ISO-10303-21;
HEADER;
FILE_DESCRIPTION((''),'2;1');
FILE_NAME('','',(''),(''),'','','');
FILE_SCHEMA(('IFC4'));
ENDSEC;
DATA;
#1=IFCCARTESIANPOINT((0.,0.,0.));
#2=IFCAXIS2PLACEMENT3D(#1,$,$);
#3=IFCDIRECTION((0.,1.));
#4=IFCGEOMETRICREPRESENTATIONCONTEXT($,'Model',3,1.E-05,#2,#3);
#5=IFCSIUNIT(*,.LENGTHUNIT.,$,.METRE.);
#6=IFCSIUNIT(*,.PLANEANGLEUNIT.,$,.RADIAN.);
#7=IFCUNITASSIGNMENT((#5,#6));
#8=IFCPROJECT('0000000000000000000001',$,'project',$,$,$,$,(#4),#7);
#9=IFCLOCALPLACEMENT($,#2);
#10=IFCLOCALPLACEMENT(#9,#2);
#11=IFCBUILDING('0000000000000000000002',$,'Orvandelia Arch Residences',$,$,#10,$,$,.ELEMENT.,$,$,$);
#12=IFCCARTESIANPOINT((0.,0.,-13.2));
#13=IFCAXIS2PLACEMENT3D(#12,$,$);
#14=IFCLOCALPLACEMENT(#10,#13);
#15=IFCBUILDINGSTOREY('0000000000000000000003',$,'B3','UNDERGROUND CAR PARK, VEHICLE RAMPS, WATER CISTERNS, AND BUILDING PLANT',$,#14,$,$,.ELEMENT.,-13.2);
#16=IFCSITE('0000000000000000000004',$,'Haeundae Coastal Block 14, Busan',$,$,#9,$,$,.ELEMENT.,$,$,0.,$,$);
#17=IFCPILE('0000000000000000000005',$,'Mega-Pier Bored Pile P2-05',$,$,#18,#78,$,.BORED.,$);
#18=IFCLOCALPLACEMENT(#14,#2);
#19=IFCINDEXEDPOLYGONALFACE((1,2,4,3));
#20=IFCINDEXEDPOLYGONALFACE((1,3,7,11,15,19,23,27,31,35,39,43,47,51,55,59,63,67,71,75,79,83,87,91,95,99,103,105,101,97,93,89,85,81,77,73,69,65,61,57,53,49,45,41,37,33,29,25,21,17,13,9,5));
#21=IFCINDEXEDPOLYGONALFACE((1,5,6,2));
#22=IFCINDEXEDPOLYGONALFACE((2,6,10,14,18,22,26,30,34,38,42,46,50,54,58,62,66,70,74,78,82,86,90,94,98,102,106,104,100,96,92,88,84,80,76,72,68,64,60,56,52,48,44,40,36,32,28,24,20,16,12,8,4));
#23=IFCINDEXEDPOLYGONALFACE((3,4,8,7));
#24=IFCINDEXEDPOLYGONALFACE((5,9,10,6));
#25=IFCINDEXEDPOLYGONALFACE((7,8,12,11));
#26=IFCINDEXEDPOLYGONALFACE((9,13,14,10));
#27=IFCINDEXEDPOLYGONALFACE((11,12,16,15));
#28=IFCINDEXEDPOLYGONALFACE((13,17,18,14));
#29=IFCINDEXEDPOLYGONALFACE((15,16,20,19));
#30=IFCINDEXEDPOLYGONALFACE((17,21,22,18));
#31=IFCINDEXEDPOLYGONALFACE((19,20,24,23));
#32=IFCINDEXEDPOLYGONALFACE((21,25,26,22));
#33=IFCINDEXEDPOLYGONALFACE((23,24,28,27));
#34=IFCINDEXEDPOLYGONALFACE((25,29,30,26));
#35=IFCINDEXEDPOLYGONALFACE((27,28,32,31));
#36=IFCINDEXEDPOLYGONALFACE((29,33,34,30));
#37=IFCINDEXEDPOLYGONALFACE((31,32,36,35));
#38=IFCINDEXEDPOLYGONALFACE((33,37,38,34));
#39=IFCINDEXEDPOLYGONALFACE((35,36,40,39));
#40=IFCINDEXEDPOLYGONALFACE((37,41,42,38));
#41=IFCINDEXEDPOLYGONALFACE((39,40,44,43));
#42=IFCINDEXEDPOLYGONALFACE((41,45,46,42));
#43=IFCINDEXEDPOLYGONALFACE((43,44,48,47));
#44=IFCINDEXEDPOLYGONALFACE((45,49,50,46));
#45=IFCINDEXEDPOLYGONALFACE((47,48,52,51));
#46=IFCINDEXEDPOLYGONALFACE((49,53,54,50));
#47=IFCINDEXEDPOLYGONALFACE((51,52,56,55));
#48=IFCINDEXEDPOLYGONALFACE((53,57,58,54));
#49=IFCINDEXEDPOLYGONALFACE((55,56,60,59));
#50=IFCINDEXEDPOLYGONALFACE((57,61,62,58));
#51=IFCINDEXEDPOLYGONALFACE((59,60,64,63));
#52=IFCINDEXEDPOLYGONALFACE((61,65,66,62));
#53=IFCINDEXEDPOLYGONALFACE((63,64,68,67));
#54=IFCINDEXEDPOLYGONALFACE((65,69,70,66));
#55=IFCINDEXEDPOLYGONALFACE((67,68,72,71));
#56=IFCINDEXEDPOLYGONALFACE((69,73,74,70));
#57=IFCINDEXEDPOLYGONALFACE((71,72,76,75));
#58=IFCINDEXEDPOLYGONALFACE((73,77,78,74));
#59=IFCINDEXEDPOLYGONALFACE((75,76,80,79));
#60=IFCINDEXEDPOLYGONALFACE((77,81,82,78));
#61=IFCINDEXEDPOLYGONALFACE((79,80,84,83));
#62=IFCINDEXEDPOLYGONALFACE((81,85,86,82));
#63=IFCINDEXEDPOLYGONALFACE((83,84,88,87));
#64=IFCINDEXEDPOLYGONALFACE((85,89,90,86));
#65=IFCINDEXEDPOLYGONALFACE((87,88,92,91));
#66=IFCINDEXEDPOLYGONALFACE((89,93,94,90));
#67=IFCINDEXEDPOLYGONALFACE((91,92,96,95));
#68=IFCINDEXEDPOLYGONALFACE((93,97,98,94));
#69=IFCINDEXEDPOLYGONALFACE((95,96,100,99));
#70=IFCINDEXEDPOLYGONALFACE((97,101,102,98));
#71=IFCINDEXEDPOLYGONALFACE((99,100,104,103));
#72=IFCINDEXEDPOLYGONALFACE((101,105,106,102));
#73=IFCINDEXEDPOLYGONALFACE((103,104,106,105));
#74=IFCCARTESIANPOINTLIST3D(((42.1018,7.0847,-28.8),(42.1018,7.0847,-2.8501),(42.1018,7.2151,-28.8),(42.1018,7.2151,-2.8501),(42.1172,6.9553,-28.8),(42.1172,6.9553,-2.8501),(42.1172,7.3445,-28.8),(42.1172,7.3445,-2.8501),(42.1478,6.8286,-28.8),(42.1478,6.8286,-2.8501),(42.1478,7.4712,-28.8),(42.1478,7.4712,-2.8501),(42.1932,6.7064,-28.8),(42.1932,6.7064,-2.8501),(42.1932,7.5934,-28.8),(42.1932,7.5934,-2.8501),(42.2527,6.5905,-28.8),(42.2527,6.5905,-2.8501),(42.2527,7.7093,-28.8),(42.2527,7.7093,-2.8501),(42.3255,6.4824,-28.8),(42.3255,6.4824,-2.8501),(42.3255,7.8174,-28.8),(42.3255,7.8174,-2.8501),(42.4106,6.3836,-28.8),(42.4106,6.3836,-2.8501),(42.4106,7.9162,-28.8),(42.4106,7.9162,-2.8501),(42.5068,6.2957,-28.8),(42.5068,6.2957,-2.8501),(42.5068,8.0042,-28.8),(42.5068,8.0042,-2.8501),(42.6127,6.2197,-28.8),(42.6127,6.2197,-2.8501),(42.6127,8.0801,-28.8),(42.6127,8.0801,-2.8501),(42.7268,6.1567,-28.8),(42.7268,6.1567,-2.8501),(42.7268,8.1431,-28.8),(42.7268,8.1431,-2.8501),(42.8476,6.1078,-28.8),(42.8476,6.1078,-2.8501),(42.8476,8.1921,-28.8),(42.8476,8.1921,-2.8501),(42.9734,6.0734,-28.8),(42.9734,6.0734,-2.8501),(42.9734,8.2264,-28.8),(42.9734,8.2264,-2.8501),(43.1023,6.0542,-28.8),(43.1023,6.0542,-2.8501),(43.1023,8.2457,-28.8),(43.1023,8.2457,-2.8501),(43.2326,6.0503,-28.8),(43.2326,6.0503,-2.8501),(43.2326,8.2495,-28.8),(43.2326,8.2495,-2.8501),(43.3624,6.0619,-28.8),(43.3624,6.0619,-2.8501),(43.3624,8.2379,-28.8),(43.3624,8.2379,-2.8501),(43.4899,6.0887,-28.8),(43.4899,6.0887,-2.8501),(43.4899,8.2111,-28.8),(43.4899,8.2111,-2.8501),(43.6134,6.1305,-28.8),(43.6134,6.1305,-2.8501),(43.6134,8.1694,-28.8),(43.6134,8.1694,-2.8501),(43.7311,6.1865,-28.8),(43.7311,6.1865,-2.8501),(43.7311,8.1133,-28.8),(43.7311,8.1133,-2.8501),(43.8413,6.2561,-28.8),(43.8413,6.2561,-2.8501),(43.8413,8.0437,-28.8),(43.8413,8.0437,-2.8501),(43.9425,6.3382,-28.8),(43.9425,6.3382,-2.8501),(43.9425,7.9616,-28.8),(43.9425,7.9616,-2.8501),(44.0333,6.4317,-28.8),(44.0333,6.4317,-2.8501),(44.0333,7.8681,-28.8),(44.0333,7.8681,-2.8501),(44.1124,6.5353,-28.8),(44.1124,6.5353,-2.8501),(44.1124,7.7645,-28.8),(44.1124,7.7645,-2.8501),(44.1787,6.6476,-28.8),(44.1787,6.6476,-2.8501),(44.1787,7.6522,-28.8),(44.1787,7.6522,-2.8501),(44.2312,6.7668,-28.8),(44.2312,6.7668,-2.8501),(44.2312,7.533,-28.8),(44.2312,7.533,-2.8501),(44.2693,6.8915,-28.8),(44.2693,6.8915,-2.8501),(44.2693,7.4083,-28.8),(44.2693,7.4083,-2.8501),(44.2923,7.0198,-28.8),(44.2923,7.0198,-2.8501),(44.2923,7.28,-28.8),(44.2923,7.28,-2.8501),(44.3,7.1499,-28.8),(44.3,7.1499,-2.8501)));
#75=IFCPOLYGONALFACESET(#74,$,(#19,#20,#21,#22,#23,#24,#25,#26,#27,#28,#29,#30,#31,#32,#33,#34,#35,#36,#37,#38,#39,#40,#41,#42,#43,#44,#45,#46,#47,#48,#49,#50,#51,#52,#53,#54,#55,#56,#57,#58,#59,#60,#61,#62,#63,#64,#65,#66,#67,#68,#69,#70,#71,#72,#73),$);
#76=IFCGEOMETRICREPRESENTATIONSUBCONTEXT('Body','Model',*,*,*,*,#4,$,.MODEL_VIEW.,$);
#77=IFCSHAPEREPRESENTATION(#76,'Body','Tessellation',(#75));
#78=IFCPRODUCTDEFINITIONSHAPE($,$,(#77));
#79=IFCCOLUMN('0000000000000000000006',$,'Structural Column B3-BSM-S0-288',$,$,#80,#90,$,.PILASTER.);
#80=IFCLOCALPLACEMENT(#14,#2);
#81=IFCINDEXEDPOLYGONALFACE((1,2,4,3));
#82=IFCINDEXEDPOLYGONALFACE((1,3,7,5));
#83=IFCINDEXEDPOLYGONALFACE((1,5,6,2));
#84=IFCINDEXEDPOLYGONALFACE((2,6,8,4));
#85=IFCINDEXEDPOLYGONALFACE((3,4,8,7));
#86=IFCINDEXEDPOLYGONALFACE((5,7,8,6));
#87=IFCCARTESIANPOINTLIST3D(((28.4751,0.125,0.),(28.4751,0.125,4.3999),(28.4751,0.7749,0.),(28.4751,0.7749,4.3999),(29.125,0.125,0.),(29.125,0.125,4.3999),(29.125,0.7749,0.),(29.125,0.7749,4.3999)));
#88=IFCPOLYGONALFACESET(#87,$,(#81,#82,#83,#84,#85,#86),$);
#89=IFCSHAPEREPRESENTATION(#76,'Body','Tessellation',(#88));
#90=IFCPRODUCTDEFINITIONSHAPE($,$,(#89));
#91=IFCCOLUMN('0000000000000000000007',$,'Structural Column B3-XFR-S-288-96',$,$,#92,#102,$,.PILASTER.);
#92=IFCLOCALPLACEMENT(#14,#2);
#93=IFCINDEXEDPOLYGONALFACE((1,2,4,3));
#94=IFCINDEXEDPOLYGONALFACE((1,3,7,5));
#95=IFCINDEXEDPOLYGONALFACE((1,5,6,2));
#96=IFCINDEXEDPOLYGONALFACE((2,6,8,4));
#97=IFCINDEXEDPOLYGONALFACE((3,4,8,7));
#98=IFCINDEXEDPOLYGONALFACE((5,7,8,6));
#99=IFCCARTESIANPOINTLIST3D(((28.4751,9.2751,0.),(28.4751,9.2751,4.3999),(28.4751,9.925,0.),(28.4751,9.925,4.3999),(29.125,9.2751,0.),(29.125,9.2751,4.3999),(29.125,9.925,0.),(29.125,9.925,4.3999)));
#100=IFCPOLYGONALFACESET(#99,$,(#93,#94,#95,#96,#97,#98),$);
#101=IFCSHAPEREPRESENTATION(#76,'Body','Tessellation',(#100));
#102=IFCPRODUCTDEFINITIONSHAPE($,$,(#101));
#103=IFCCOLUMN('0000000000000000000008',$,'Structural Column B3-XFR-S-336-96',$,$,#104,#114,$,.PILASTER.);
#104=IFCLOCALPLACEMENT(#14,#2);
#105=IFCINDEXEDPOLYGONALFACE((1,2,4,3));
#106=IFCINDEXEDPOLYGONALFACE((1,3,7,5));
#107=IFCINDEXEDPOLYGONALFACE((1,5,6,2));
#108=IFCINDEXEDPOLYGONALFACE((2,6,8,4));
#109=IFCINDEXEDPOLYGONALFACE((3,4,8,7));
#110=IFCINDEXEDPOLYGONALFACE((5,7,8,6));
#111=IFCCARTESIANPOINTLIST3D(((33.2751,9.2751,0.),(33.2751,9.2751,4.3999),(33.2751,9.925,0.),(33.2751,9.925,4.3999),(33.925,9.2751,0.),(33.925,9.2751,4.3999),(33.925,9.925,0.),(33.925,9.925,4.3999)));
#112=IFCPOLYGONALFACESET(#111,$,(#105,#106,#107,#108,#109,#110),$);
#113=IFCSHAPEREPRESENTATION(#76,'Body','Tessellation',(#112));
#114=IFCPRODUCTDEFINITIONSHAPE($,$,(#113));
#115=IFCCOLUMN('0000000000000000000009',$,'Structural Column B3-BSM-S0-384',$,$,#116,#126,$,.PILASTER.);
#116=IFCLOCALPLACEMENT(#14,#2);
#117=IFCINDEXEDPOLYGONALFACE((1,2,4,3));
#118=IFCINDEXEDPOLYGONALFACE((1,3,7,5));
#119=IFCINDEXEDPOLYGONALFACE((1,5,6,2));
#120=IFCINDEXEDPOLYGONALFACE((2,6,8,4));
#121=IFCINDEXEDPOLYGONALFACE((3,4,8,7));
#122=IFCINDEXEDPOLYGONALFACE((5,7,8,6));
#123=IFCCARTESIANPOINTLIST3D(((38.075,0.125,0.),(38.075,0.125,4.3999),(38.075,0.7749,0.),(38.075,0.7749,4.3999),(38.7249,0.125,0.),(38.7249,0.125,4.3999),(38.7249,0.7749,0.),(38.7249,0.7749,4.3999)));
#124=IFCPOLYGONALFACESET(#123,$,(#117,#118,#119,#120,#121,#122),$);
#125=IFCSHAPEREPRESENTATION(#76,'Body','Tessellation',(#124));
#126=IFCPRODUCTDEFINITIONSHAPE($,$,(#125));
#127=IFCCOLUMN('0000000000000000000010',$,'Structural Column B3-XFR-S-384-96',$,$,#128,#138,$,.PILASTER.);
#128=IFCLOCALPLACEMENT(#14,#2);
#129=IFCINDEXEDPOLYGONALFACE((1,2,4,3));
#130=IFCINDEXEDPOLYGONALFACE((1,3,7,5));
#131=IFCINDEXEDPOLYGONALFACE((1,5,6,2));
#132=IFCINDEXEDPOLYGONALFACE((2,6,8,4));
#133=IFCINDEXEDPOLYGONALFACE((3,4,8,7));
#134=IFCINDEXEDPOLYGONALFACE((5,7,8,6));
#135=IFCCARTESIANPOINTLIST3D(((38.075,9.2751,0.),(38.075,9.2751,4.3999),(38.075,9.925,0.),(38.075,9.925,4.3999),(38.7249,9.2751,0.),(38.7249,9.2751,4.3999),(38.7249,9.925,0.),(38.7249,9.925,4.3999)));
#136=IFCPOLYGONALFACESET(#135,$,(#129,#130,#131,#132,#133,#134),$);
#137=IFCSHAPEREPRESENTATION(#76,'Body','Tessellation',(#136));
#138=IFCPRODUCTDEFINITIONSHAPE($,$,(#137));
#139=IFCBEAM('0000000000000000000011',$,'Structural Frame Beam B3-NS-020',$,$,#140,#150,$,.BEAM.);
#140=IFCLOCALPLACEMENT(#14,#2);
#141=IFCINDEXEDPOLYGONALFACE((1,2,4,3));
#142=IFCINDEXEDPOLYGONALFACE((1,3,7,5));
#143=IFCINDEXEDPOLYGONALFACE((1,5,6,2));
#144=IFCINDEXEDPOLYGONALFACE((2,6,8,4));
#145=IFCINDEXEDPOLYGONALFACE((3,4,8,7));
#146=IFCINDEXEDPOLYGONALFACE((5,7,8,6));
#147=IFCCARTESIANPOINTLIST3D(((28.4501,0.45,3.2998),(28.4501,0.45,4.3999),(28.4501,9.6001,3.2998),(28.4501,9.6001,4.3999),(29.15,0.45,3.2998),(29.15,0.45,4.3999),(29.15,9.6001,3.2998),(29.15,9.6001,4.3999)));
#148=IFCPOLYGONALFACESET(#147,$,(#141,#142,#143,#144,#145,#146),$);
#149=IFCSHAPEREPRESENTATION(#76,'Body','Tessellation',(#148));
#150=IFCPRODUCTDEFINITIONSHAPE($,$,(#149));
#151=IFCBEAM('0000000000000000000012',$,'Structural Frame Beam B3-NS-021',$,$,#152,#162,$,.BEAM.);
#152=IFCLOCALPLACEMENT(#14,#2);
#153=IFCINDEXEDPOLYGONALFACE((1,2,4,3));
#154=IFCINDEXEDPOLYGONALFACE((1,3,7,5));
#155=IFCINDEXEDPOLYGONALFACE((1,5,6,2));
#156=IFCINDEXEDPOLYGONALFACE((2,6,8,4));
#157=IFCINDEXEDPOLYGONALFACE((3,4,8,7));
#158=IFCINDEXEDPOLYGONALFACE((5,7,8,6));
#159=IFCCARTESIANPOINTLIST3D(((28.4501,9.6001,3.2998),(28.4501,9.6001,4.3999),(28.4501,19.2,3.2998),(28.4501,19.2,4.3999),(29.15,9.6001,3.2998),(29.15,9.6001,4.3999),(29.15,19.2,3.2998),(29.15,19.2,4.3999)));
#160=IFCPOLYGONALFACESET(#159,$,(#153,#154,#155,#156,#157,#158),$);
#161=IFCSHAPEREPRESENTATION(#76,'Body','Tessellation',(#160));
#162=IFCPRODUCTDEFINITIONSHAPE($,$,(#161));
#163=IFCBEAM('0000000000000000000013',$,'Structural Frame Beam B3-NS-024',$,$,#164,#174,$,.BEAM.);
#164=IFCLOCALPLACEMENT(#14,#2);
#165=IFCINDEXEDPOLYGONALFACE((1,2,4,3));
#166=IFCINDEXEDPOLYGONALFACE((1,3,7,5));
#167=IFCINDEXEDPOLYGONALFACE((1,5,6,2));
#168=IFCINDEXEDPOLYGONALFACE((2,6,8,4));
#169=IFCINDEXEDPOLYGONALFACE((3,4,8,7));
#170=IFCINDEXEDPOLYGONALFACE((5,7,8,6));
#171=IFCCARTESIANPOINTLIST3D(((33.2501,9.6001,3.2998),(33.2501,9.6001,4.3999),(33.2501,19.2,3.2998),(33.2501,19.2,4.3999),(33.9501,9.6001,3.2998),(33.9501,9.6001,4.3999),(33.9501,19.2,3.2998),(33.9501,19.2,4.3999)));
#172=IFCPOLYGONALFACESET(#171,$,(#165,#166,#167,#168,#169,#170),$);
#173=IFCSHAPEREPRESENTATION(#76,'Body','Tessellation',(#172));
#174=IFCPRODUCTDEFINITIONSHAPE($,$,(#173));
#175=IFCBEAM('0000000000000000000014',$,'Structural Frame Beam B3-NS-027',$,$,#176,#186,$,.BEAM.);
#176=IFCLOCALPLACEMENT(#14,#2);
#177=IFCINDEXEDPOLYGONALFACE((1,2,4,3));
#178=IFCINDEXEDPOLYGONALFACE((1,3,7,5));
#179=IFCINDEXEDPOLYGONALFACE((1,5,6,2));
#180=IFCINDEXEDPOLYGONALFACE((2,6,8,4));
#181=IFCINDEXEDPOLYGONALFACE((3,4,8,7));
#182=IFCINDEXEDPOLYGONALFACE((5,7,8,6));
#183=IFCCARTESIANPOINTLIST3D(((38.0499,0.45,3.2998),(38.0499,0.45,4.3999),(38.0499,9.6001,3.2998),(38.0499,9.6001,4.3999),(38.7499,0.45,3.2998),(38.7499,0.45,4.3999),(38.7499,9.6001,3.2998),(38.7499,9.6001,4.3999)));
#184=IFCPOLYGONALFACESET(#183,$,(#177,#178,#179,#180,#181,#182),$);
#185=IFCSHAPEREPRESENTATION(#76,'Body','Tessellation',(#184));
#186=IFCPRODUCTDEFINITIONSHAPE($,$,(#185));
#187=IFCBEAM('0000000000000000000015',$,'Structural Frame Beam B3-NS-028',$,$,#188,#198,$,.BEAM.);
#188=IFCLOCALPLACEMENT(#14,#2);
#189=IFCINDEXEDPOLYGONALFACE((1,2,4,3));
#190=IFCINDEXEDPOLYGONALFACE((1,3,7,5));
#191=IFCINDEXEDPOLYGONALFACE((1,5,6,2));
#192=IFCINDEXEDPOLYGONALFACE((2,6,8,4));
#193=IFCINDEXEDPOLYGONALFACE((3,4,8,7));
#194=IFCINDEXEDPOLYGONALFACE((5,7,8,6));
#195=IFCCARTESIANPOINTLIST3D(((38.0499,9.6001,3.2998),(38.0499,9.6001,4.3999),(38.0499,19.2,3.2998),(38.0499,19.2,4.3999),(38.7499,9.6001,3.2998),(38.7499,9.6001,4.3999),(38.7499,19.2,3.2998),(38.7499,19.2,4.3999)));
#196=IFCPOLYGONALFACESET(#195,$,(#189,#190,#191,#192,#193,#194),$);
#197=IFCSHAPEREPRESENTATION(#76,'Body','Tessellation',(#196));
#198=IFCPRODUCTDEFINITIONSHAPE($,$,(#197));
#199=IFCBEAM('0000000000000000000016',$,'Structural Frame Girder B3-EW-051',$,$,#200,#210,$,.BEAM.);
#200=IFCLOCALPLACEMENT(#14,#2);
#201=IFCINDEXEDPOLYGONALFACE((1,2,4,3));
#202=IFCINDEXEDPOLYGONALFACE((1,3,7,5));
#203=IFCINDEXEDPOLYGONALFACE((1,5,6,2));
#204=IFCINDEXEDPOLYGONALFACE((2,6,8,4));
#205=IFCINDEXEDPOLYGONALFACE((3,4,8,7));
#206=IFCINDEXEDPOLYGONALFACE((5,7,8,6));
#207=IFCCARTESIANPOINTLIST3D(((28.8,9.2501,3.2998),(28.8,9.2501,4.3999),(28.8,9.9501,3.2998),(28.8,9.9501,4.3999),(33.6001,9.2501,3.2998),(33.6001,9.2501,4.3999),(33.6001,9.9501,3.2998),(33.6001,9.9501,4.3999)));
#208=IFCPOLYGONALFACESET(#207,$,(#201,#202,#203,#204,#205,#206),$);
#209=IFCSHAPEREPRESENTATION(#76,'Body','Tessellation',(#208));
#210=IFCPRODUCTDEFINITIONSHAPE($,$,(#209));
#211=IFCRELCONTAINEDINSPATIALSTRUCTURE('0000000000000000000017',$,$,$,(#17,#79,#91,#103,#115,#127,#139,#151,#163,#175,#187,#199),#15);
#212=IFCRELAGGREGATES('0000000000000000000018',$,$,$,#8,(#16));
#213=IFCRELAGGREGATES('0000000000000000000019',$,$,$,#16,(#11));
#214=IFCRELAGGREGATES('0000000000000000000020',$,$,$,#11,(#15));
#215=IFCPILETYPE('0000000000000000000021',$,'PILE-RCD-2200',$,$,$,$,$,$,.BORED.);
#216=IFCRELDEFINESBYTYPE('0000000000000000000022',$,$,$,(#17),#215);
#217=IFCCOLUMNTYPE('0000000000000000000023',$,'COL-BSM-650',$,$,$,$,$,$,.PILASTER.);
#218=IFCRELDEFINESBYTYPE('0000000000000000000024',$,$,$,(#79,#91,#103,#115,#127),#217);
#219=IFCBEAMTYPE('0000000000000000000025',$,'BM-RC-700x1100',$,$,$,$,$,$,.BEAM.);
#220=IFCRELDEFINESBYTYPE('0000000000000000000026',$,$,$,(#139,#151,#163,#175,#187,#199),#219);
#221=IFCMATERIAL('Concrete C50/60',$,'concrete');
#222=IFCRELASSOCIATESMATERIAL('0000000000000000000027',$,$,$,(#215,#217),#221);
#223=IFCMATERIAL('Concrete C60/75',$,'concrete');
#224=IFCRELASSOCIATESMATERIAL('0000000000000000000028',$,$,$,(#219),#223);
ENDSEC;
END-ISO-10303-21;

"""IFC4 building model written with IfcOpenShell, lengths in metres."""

from ifc_helpers import new_model, si_unit, direction, frame, origin, origin_2d, place, context, subcontext, project, spatial, rectangle, circle, extrude, material, material_profile, profile_set, type_object, element, save


model = new_model("IFC4")

# Units and contexts
model_context = context("Model", 3, precision=1e-05, world=origin(), true_north=direction((0.0, 1.0)))
body_context = subcontext(model_context, "Body", "Model", "MODEL_VIEW")
ifc_project = project(units=[si_unit("LENGTHUNIT", "METRE"), si_unit("PLANEANGLEUNIT", "RADIAN")], contexts=[model_context])

# Site, building, storey
site_placement = place(None, origin())
site = spatial("IfcSite", under=ifc_project, at=site_placement, Name="Haeundae Coastal Block 14, Busan", CompositionType="ELEMENT", RefElevation=0.0)
building_placement = place(site_placement, origin())
building = spatial("IfcBuilding", under=site, at=building_placement, Name="Orvandelia Arch Residences", CompositionType="ELEMENT")
storey_placement = place(building_placement, frame((0.0, 0.0, -13.2)))
storey = spatial("IfcBuildingStorey", under=building, at=storey_placement, Name="B3", Description="UNDERGROUND CAR PARK, VEHICLE RAMPS, WATER CISTERNS, AND BUILDING PLANT", CompositionType="ELEMENT", Elevation=-13.2)

# Shared definitions
ifc_material_1 = material(Name="Concrete C50/60", Category="concrete")

# Pile
ifc_material_profile_1 = material_profile(ifc_material_1, circle(Radius=1.1001, at=origin_2d()), Name="Concrete C50/60", Category="concrete")
ifc_profile_set_1 = profile_set([ifc_material_profile_1], Name="Concrete C50/60")
pile_type = type_object("IfcPileType", Name="PILE-RCD-2200", PredefinedType="BORED", material=ifc_profile_set_1)
pile_placement = place(storey_placement, frame((43.2, 7.1499, -2.8501), z_axis=(0.0, 0.0, -1.0), x_axis=(1.0, 0.0, 0.0)))
element("IfcPile", 1, at=pile_placement, inside=storey, type_object=pile_type, Name="Mega-Pier Bored Pile P2-05", PredefinedType="BORED", context=body_context, shape_type="SweptSolid", body=[
    extrude(circle(Radius=1.1001, at=origin_2d()), origin(), (0.0, 0.0, 1.0), 25.95),
])

# Columns
ifc_material_profile_2 = material_profile(ifc_material_1, rectangle(XDim=0.6499, YDim=0.6499, at=origin_2d()), Name="Concrete C50/60", Category="concrete")
ifc_profile_set_2 = profile_set([ifc_material_profile_2], Name="Concrete C50/60")
column_type = type_object("IfcColumnType", Name="COL-BSM-650", PredefinedType="PILASTER", material=ifc_profile_set_2)
for number, where, z_axis, x_axis, name in (
    (2, (28.8, 0.45, 0.0), (0.0, 0.0, 1.0), (1.0, 0.0, 0.0), "Structural Column B3-BSM-S0-288"),
    (3, (28.8, 9.6001, 0.0), (0.0, 0.0, 1.0), (1.0, 0.0, 0.0), "Structural Column B3-XFR-S-288-96"),
    (4, (33.6001, 9.6001, 0.0), (0.0, 0.0, 1.0), (1.0, 0.0, 0.0), "Structural Column B3-XFR-S-336-96"),
    (5, (38.3999, 0.45, 0.0), (0.0, 0.0, 1.0), (1.0, 0.0, 0.0), "Structural Column B3-BSM-S0-384"),
    (6, (38.3999, 9.6001, 0.0), (0.0, 0.0, 1.0), (1.0, 0.0, 0.0), "Structural Column B3-XFR-S-384-96"),
):
    element("IfcColumn", number, at=place(storey_placement, frame(where, z_axis=z_axis, x_axis=x_axis)), inside=storey, type_object=column_type, Name=name, PredefinedType="PILASTER", context=body_context, shape_type="SweptSolid", body=[
        extrude(rectangle(XDim=0.6499, YDim=0.6499, at=origin_2d()), origin(), (0.0, 0.0, 1.0), 4.3999),
    ])

# Beams
ifc_material_2 = material(Name="Concrete C60/75", Category="concrete")
ifc_material_profile_3 = material_profile(ifc_material_2, rectangle(XDim=0.7, YDim=1.1001, at=origin_2d()), Name="Concrete C60/75", Category="concrete")
ifc_profile_set_3 = profile_set([ifc_material_profile_3], Name="Concrete C60/75")
beam_type = type_object("IfcBeamType", Name="BM-RC-700x1100", PredefinedType="BEAM", material=ifc_profile_set_3)
beam_1_placement = place(storey_placement, frame((28.8, 0.45, 3.8499), z_axis=(0.0, 1.0, 0.0), x_axis=(-1.0, 0.0, 0.0)))
element("IfcBeam", 7, at=beam_1_placement, inside=storey, type_object=beam_type, Name="Structural Frame Beam B3-NS-020", PredefinedType="BEAM", context=body_context, shape_type="SweptSolid", body=[
    extrude(rectangle(XDim=0.7, YDim=1.1001, at=origin_2d()), origin(), (0.0, 0.0, 1.0), 9.1501),
])
for number, where, z_axis, x_axis, name in (
    (8, (28.8, 9.6001, 3.8499), (0.0, 1.0, 0.0), (-1.0, 0.0, 0.0), "Structural Frame Beam B3-NS-021"),
    (9, (33.6001, 9.6001, 3.8499), (0.0, 1.0, 0.0), (-1.0, 0.0, 0.0), "Structural Frame Beam B3-NS-024"),
):
    element("IfcBeam", number, at=place(storey_placement, frame(where, z_axis=z_axis, x_axis=x_axis)), inside=storey, type_object=beam_type, Name=name, PredefinedType="BEAM", context=body_context, shape_type="SweptSolid", body=[
        extrude(rectangle(XDim=0.7, YDim=1.1001, at=origin_2d()), origin(), (0.0, 0.0, 1.0), 9.5999),
    ])
beam_2_placement = place(storey_placement, frame((38.3999, 0.45, 3.8499), z_axis=(0.0, 1.0, 0.0), x_axis=(-1.0, 0.0, 0.0)))
element("IfcBeam", 10, at=beam_2_placement, inside=storey, type_object=beam_type, Name="Structural Frame Beam B3-NS-027", PredefinedType="BEAM", context=body_context, shape_type="SweptSolid", body=[
    extrude(rectangle(XDim=0.7, YDim=1.1001, at=origin_2d()), origin(), (0.0, 0.0, 1.0), 9.1501),
])
beam_3_placement = place(storey_placement, frame((38.3999, 9.6001, 3.8499), z_axis=(0.0, 1.0, 0.0), x_axis=(-1.0, 0.0, 0.0)))
element("IfcBeam", 11, at=beam_3_placement, inside=storey, type_object=beam_type, Name="Structural Frame Beam B3-NS-028", PredefinedType="BEAM", context=body_context, shape_type="SweptSolid", body=[
    extrude(rectangle(XDim=0.7, YDim=1.1001, at=origin_2d()), origin(), (0.0, 0.0, 1.0), 9.5999),
])
beam_4_placement = place(storey_placement, frame((28.8, 9.6001, 3.8499), z_axis=(1.0, 0.0, 0.0), x_axis=(0.0, 1.0, 0.0)))
element("IfcBeam", 12, at=beam_4_placement, inside=storey, type_object=beam_type, Name="Structural Frame Girder B3-EW-051", PredefinedType="BEAM", context=body_context, shape_type="SweptSolid", body=[
    extrude(rectangle(XDim=0.7, YDim=1.1001, at=origin_2d()), origin(), (0.0, 0.0, 1.0), 4.8),
])

save(model, "model.ifc")
